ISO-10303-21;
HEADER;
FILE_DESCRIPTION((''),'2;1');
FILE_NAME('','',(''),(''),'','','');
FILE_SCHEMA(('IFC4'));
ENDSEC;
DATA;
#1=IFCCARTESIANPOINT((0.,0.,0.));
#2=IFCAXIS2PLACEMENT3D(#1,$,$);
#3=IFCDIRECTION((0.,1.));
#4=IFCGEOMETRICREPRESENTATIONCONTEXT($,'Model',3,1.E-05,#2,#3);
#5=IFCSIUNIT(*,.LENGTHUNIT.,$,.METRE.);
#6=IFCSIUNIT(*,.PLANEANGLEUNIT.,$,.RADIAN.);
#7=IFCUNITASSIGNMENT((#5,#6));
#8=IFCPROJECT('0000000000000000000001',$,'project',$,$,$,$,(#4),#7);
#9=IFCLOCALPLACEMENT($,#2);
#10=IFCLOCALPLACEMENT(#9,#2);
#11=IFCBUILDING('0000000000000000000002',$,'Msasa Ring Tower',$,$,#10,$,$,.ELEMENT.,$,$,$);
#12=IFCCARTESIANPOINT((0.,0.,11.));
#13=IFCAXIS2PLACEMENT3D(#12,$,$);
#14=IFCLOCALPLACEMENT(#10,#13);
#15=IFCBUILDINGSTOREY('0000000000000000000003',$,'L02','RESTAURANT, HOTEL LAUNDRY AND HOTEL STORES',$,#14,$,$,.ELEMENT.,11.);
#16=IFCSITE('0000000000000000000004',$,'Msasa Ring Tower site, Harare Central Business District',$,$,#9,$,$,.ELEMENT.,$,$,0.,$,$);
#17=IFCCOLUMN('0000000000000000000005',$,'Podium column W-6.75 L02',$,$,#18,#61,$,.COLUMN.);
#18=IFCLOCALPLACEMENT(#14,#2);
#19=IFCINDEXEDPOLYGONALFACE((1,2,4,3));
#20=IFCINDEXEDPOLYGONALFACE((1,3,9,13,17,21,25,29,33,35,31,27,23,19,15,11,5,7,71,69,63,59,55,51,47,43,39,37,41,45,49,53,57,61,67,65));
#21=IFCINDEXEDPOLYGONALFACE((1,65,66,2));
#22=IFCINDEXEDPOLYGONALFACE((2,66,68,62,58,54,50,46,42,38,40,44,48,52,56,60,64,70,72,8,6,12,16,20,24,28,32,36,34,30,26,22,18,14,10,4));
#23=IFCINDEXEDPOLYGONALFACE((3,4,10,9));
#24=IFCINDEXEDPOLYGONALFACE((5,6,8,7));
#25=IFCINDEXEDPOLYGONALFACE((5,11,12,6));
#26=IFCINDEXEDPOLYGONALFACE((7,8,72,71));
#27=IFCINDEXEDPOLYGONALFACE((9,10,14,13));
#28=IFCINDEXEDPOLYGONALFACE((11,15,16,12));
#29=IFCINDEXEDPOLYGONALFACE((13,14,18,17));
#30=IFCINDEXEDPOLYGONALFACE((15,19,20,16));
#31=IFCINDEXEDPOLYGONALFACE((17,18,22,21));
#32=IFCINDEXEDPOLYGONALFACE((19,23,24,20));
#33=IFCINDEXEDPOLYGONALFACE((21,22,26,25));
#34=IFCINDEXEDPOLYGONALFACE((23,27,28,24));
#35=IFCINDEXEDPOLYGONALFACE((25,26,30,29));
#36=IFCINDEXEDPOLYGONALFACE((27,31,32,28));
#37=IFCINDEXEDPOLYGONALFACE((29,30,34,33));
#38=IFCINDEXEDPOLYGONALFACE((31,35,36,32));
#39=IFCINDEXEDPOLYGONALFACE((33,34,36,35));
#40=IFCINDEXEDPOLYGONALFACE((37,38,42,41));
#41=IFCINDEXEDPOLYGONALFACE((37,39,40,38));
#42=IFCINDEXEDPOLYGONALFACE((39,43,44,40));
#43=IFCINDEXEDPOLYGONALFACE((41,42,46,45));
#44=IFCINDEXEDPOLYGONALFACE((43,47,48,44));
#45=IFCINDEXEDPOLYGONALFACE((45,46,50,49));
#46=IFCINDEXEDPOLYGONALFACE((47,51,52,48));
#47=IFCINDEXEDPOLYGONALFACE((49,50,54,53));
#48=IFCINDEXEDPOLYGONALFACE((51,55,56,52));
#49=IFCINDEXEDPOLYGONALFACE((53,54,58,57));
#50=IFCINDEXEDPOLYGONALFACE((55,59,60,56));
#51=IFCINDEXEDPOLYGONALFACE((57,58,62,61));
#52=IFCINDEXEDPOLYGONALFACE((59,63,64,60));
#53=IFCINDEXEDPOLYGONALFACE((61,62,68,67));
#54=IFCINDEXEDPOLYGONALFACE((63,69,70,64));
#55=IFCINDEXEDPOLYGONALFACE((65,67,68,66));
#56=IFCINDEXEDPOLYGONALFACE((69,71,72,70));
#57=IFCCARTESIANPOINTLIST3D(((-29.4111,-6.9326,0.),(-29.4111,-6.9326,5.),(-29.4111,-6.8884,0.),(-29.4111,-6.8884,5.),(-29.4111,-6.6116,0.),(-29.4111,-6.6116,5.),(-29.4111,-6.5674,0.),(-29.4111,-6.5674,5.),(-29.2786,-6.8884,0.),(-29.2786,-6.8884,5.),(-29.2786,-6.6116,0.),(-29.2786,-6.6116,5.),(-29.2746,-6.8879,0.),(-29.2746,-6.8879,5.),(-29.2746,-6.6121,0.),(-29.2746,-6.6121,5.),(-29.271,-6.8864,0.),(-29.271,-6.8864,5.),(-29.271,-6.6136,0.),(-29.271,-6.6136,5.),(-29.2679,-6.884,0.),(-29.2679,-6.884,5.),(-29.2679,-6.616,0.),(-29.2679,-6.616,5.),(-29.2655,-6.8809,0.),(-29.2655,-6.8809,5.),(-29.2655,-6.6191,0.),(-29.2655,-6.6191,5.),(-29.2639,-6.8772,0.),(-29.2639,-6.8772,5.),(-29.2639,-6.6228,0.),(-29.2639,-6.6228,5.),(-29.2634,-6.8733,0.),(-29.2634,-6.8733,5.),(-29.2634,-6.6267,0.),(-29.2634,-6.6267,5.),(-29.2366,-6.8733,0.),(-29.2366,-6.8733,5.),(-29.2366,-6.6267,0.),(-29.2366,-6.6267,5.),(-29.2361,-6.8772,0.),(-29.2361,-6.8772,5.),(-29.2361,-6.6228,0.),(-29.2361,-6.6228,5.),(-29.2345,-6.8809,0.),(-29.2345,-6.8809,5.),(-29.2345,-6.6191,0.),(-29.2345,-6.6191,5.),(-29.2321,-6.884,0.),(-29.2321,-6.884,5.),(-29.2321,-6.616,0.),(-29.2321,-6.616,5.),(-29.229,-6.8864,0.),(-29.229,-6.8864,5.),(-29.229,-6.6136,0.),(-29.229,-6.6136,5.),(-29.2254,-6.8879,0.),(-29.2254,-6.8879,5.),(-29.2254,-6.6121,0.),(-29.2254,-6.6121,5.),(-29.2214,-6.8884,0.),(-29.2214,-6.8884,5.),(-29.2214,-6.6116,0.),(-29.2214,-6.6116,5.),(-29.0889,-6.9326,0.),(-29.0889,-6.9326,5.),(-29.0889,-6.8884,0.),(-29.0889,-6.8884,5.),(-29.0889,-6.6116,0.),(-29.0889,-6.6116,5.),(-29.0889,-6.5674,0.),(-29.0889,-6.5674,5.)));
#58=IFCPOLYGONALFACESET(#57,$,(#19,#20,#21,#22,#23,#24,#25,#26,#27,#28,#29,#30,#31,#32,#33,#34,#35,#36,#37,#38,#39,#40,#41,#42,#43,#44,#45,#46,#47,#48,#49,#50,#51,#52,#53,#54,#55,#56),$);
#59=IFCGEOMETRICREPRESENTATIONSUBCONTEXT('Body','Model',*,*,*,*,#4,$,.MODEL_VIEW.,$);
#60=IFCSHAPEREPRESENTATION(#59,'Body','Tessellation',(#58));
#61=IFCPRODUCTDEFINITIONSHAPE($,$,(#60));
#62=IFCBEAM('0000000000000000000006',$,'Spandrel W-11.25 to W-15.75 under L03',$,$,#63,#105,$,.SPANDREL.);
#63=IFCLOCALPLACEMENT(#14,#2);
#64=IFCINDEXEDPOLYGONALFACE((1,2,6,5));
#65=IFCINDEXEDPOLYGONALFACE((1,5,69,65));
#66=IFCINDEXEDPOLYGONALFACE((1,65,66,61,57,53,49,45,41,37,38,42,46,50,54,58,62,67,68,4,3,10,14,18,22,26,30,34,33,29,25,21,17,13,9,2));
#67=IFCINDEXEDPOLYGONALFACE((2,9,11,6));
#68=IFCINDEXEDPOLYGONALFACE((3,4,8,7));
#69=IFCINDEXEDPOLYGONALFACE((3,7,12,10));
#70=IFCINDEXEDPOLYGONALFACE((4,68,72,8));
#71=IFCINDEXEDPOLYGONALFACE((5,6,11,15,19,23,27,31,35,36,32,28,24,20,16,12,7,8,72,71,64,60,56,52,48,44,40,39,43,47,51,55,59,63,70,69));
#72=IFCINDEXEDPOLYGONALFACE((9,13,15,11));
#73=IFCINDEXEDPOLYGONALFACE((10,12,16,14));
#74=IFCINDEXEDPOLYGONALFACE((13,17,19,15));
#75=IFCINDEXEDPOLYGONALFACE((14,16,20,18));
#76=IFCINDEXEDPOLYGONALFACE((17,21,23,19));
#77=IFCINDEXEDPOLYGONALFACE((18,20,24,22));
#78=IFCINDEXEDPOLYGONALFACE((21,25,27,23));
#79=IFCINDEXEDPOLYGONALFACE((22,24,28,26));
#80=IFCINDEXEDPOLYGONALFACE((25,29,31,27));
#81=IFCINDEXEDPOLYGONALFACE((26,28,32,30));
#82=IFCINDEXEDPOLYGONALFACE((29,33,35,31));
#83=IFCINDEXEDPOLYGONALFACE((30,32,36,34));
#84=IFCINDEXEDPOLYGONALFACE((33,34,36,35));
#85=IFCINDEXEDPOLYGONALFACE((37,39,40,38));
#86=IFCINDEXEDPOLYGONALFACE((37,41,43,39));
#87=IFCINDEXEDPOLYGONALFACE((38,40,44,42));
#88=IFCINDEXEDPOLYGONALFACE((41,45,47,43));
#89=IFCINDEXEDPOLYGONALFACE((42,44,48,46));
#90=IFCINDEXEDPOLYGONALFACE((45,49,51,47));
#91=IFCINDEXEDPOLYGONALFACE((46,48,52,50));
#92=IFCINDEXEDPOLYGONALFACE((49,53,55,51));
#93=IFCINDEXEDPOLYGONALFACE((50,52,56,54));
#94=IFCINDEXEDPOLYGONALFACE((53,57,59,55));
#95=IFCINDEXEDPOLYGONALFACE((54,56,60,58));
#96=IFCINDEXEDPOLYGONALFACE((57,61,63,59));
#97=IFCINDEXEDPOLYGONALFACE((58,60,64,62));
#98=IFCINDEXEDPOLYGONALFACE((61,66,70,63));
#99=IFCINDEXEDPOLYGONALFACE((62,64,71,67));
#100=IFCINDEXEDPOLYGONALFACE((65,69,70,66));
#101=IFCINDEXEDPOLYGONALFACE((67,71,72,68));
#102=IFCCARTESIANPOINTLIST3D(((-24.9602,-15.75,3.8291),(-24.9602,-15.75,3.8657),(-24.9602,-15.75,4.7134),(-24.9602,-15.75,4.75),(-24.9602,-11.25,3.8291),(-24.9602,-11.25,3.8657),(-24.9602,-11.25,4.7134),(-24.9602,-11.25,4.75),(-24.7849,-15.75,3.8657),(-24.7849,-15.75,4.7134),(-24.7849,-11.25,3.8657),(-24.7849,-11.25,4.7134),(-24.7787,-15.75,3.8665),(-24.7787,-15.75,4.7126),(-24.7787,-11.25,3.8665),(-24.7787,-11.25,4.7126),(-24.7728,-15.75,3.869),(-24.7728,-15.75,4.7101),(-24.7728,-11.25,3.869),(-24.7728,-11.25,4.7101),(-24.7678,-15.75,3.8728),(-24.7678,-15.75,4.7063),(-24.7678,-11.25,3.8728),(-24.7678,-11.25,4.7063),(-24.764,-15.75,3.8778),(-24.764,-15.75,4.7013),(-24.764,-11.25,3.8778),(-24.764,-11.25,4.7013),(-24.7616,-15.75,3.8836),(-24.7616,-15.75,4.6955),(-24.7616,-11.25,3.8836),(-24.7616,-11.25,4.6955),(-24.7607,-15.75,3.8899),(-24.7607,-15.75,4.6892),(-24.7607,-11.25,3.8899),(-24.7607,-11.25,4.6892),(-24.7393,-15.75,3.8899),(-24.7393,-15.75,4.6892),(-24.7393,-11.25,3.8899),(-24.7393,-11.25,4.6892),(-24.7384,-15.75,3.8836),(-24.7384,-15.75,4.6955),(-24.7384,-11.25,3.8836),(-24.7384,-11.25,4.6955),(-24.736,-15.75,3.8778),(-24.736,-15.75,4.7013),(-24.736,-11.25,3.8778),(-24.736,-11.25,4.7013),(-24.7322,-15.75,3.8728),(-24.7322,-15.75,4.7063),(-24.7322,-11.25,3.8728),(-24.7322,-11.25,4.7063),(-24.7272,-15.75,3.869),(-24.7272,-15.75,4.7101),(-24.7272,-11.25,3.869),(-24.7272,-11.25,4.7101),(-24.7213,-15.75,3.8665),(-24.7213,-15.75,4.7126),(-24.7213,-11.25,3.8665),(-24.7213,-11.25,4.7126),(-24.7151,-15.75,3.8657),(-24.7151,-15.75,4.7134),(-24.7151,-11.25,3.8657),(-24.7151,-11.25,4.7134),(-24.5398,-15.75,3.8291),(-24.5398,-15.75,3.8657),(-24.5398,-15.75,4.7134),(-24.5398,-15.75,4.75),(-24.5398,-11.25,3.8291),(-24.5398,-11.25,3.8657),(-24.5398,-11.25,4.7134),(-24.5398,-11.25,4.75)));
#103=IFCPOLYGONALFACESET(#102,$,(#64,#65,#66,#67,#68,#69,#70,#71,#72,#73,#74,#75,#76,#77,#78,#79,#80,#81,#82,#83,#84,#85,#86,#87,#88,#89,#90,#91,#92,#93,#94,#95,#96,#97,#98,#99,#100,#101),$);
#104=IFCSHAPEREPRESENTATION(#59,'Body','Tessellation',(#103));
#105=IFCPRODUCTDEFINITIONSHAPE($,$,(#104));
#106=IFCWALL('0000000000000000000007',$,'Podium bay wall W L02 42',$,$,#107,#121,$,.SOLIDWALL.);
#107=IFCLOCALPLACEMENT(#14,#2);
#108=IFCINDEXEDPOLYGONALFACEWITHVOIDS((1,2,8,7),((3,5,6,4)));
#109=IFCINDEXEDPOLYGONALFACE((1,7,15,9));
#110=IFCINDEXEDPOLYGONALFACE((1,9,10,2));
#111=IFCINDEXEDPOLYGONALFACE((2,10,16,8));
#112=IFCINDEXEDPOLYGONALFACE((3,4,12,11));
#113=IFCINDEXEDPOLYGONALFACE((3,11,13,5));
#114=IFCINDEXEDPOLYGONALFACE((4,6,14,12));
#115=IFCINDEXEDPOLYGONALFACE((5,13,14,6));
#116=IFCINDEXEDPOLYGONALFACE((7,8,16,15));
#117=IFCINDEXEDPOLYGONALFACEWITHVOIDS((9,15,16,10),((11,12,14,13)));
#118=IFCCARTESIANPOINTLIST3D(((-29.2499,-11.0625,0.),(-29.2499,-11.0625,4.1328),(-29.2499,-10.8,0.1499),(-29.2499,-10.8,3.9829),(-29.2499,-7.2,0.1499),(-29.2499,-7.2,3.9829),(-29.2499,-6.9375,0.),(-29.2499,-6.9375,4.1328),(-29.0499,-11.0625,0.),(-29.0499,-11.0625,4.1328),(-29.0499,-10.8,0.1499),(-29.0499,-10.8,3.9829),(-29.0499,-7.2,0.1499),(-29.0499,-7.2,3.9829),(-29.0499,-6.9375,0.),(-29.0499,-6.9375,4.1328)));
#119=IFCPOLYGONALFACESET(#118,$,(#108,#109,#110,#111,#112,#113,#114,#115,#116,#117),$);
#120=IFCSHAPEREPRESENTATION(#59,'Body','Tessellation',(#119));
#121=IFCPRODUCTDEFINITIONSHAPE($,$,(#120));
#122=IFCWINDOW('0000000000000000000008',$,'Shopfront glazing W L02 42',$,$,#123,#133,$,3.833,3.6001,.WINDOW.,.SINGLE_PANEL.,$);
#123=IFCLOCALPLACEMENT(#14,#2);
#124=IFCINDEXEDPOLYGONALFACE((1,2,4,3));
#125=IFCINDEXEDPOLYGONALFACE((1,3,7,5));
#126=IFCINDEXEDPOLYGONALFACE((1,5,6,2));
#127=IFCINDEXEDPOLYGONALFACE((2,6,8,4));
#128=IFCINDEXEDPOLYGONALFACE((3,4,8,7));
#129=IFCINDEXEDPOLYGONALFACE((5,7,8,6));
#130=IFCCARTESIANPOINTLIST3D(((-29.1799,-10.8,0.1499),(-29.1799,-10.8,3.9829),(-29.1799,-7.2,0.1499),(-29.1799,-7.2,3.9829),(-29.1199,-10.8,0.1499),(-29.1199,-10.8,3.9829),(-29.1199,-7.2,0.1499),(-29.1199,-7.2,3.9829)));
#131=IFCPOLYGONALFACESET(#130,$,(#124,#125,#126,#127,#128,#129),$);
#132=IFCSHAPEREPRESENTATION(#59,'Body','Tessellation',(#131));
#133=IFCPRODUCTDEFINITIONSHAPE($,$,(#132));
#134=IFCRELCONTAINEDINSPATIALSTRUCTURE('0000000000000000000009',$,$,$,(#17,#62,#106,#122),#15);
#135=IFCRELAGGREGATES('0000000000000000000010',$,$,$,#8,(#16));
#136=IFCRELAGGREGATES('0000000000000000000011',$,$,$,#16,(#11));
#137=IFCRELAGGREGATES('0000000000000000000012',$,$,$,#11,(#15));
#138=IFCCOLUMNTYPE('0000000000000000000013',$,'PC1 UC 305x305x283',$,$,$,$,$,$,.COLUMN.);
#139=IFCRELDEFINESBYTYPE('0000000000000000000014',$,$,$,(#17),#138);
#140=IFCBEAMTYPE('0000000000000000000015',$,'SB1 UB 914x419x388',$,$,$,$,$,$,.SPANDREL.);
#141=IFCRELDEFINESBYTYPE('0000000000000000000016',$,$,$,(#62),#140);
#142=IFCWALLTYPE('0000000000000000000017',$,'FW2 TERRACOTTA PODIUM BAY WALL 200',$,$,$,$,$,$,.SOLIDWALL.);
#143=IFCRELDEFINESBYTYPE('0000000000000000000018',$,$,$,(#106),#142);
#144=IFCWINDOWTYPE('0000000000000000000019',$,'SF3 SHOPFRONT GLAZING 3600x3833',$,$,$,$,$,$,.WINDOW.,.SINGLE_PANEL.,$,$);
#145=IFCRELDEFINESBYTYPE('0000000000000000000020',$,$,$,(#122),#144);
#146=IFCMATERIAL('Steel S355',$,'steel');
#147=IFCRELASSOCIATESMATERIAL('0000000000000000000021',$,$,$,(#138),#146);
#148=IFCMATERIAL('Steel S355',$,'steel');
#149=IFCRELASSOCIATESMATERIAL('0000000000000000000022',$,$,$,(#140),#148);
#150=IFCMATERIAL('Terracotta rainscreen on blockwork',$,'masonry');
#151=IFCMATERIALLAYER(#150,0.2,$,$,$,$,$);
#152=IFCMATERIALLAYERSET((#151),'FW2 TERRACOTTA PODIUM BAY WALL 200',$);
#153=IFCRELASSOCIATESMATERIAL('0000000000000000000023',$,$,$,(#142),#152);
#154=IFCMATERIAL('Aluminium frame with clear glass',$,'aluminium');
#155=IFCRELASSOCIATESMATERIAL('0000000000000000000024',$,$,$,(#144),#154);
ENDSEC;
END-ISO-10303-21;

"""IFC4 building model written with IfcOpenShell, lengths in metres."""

from ifc_helpers import new_model, si_unit, direction, frame, frame_2d, origin, origin_2d, place, context, subcontext, project, spatial, rectangle, i_section, extrude, material, layer, layer_set, material_profile, profile_set, type_object, element, fill, save


model = new_model("IFC4")

# Units and contexts
model_context = context("Model", 3, precision=1e-05, world=origin(), true_north=direction((0.0, 1.0)))
body_context = subcontext(model_context, "Body", "Model", "MODEL_VIEW")
ifc_project = project(units=[si_unit("LENGTHUNIT", "METRE"), si_unit("PLANEANGLEUNIT", "RADIAN")], contexts=[model_context])

# Site, building, storey
site_placement = place(None, origin())
site = spatial("IfcSite", under=ifc_project, at=site_placement, Name="Msasa Ring Tower site, Harare Central Business District", CompositionType="ELEMENT", RefElevation=0.0)
building_placement = place(site_placement, origin())
building = spatial("IfcBuilding", under=site, at=building_placement, Name="Msasa Ring Tower", CompositionType="ELEMENT")
storey_placement = place(building_placement, frame((0.0, 0.0, 11.0)))
storey = spatial("IfcBuildingStorey", under=building, at=storey_placement, Name="L02", Description="RESTAURANT, HOTEL LAUNDRY AND HOTEL STORES", CompositionType="ELEMENT", Elevation=11.0)

# Column
ifc_material_1 = material(Name="Steel S355", Category="steel")
ifc_material_profile_1 = material_profile(ifc_material_1, i_section(OverallWidth=0.3223, OverallDepth=0.3652, WebThickness=0.0269, FlangeThickness=0.0442, FilletRadius=0.0151, at=origin_2d()), Name="UC 305x305x283")
ifc_profile_set_1 = profile_set([ifc_material_profile_1], Name="Steel S355")
column_type = type_object("IfcColumnType", Name="PC1 UC 305x305x283", PredefinedType="COLUMN", material=ifc_profile_set_1)
column_placement = place(storey_placement, frame((-29.25, -6.75, 0.0), z_axis=(0.0, 0.0, 1.0), x_axis=(1.0, 0.0, 0.0)))
element("IfcColumn", 1, at=column_placement, inside=storey, type_object=column_type, Name="Podium column W-6.75 L02", PredefinedType="COLUMN", context=body_context, shape_type="SweptSolid", body=[
    extrude(i_section(OverallWidth=0.3223, OverallDepth=0.3652, WebThickness=0.0269, FlangeThickness=0.0442, FilletRadius=0.0151, at=origin_2d()), origin(), (0.0, 0.0, 1.0), 5.0),
])

# Beam
ifc_material_2 = material(Name="Steel S355", Category="steel")
ifc_material_profile_2 = material_profile(ifc_material_2, i_section(OverallWidth=0.4204, OverallDepth=0.9209, WebThickness=0.0215, FlangeThickness=0.0366, FilletRadius=0.0242, at=origin_2d()), Name="UB 914x419x388")
ifc_profile_set_2 = profile_set([ifc_material_profile_2], Name="Steel S355")
beam_type = type_object("IfcBeamType", Name="SB1 UB 914x419x388", PredefinedType="SPANDREL", material=ifc_profile_set_2)
beam_placement = place(storey_placement, frame((-24.75, -11.25, 4.2896), z_axis=(0.0, -1.0, 0.0), x_axis=(1.0, 0.0, 0.0)))
element("IfcBeam", 2, at=beam_placement, inside=storey, type_object=beam_type, Name="Spandrel W-11.25 to W-15.75 under L03", PredefinedType="SPANDREL", context=body_context, shape_type="SweptSolid", body=[
    extrude(i_section(OverallWidth=0.4204, OverallDepth=0.9209, WebThickness=0.0215, FlangeThickness=0.0366, FilletRadius=0.0242, at=origin_2d()), origin(), (0.0, 0.0, 1.0), 4.5),
])

# Wall, opening, window
ifc_material_3 = material(Name="Terracotta rainscreen on blockwork", Category="masonry")
ifc_layer_1 = layer(ifc_material_3, 0.2)
ifc_layer_set_1 = layer_set([ifc_layer_1], Name="FW2 TERRACOTTA PODIUM BAY WALL 200")
wall_type_1 = type_object("IfcWallType", Name="FW2 TERRACOTTA PODIUM BAY WALL 200", PredefinedType="SOLIDWALL", material=ifc_layer_set_1)
wall_1_placement = place(storey_placement, frame((-29.1499, -11.0625, 0.0), z_axis=(0.0, 0.0, 1.0), x_axis=(0.0, 1.0, 0.0)))
wall_1 = element("IfcWall", 3, at=wall_1_placement, inside=storey, type_object=wall_type_1, Name="Podium bay wall W L02 42", PredefinedType="SOLIDWALL", context=body_context, shape_type="SweptSolid", body=[
    extrude(rectangle(XDim=4.125, YDim=0.2, at=frame_2d((2.0625, 0.0))), origin(), (0.0, 0.0, 1.0), 4.1328),
])
opening_1_placement = place(wall_1_placement, frame((0.2625, 0.0, 0.1499)))
opening_1 = element("IfcOpeningElement", 4, at=opening_1_placement, cuts=wall_1, PredefinedType="OPENING", context=body_context, shape_type="SweptSolid", body=[
    extrude(rectangle(XDim=3.6001, YDim=3.833, at=frame_2d((1.8, 1.9165))), frame((0.0, 0.1099, 0.0), z_axis=(0.0, -1.0, 0.0), x_axis=(1.0, 0.0, 0.0)), (0.0, 0.0, 1.0), 0.22),
])
ifc_material_4 = material(Name="Aluminium frame with clear glass", Category="aluminium")
window_type = type_object("IfcWindowType", Name="SF3 SHOPFRONT GLAZING 3600x3833", PartitioningType="SINGLE_PANEL", PredefinedType="WINDOW", material=ifc_material_4)
window_placement = place(opening_1_placement, origin())
window = element("IfcWindow", 5, at=window_placement, inside=storey, type_object=window_type, Name="Shopfront glazing W L02 42", OverallHeight=3.833, OverallWidth=3.6001, PartitioningType="SINGLE_PANEL", PredefinedType="WINDOW", context=body_context, shape_type="SweptSolid", body=[
    extrude(rectangle(XDim=3.6001, YDim=3.833, at=frame_2d((1.8, 1.9165))), frame((0.0, 0.03, 0.0), z_axis=(0.0, -1.0, 0.0), x_axis=(1.0, 0.0, 0.0)), (0.0, 0.0, 1.0), 0.0601),
])
fill(opening_1, window)

save(model, "model.ifc")
